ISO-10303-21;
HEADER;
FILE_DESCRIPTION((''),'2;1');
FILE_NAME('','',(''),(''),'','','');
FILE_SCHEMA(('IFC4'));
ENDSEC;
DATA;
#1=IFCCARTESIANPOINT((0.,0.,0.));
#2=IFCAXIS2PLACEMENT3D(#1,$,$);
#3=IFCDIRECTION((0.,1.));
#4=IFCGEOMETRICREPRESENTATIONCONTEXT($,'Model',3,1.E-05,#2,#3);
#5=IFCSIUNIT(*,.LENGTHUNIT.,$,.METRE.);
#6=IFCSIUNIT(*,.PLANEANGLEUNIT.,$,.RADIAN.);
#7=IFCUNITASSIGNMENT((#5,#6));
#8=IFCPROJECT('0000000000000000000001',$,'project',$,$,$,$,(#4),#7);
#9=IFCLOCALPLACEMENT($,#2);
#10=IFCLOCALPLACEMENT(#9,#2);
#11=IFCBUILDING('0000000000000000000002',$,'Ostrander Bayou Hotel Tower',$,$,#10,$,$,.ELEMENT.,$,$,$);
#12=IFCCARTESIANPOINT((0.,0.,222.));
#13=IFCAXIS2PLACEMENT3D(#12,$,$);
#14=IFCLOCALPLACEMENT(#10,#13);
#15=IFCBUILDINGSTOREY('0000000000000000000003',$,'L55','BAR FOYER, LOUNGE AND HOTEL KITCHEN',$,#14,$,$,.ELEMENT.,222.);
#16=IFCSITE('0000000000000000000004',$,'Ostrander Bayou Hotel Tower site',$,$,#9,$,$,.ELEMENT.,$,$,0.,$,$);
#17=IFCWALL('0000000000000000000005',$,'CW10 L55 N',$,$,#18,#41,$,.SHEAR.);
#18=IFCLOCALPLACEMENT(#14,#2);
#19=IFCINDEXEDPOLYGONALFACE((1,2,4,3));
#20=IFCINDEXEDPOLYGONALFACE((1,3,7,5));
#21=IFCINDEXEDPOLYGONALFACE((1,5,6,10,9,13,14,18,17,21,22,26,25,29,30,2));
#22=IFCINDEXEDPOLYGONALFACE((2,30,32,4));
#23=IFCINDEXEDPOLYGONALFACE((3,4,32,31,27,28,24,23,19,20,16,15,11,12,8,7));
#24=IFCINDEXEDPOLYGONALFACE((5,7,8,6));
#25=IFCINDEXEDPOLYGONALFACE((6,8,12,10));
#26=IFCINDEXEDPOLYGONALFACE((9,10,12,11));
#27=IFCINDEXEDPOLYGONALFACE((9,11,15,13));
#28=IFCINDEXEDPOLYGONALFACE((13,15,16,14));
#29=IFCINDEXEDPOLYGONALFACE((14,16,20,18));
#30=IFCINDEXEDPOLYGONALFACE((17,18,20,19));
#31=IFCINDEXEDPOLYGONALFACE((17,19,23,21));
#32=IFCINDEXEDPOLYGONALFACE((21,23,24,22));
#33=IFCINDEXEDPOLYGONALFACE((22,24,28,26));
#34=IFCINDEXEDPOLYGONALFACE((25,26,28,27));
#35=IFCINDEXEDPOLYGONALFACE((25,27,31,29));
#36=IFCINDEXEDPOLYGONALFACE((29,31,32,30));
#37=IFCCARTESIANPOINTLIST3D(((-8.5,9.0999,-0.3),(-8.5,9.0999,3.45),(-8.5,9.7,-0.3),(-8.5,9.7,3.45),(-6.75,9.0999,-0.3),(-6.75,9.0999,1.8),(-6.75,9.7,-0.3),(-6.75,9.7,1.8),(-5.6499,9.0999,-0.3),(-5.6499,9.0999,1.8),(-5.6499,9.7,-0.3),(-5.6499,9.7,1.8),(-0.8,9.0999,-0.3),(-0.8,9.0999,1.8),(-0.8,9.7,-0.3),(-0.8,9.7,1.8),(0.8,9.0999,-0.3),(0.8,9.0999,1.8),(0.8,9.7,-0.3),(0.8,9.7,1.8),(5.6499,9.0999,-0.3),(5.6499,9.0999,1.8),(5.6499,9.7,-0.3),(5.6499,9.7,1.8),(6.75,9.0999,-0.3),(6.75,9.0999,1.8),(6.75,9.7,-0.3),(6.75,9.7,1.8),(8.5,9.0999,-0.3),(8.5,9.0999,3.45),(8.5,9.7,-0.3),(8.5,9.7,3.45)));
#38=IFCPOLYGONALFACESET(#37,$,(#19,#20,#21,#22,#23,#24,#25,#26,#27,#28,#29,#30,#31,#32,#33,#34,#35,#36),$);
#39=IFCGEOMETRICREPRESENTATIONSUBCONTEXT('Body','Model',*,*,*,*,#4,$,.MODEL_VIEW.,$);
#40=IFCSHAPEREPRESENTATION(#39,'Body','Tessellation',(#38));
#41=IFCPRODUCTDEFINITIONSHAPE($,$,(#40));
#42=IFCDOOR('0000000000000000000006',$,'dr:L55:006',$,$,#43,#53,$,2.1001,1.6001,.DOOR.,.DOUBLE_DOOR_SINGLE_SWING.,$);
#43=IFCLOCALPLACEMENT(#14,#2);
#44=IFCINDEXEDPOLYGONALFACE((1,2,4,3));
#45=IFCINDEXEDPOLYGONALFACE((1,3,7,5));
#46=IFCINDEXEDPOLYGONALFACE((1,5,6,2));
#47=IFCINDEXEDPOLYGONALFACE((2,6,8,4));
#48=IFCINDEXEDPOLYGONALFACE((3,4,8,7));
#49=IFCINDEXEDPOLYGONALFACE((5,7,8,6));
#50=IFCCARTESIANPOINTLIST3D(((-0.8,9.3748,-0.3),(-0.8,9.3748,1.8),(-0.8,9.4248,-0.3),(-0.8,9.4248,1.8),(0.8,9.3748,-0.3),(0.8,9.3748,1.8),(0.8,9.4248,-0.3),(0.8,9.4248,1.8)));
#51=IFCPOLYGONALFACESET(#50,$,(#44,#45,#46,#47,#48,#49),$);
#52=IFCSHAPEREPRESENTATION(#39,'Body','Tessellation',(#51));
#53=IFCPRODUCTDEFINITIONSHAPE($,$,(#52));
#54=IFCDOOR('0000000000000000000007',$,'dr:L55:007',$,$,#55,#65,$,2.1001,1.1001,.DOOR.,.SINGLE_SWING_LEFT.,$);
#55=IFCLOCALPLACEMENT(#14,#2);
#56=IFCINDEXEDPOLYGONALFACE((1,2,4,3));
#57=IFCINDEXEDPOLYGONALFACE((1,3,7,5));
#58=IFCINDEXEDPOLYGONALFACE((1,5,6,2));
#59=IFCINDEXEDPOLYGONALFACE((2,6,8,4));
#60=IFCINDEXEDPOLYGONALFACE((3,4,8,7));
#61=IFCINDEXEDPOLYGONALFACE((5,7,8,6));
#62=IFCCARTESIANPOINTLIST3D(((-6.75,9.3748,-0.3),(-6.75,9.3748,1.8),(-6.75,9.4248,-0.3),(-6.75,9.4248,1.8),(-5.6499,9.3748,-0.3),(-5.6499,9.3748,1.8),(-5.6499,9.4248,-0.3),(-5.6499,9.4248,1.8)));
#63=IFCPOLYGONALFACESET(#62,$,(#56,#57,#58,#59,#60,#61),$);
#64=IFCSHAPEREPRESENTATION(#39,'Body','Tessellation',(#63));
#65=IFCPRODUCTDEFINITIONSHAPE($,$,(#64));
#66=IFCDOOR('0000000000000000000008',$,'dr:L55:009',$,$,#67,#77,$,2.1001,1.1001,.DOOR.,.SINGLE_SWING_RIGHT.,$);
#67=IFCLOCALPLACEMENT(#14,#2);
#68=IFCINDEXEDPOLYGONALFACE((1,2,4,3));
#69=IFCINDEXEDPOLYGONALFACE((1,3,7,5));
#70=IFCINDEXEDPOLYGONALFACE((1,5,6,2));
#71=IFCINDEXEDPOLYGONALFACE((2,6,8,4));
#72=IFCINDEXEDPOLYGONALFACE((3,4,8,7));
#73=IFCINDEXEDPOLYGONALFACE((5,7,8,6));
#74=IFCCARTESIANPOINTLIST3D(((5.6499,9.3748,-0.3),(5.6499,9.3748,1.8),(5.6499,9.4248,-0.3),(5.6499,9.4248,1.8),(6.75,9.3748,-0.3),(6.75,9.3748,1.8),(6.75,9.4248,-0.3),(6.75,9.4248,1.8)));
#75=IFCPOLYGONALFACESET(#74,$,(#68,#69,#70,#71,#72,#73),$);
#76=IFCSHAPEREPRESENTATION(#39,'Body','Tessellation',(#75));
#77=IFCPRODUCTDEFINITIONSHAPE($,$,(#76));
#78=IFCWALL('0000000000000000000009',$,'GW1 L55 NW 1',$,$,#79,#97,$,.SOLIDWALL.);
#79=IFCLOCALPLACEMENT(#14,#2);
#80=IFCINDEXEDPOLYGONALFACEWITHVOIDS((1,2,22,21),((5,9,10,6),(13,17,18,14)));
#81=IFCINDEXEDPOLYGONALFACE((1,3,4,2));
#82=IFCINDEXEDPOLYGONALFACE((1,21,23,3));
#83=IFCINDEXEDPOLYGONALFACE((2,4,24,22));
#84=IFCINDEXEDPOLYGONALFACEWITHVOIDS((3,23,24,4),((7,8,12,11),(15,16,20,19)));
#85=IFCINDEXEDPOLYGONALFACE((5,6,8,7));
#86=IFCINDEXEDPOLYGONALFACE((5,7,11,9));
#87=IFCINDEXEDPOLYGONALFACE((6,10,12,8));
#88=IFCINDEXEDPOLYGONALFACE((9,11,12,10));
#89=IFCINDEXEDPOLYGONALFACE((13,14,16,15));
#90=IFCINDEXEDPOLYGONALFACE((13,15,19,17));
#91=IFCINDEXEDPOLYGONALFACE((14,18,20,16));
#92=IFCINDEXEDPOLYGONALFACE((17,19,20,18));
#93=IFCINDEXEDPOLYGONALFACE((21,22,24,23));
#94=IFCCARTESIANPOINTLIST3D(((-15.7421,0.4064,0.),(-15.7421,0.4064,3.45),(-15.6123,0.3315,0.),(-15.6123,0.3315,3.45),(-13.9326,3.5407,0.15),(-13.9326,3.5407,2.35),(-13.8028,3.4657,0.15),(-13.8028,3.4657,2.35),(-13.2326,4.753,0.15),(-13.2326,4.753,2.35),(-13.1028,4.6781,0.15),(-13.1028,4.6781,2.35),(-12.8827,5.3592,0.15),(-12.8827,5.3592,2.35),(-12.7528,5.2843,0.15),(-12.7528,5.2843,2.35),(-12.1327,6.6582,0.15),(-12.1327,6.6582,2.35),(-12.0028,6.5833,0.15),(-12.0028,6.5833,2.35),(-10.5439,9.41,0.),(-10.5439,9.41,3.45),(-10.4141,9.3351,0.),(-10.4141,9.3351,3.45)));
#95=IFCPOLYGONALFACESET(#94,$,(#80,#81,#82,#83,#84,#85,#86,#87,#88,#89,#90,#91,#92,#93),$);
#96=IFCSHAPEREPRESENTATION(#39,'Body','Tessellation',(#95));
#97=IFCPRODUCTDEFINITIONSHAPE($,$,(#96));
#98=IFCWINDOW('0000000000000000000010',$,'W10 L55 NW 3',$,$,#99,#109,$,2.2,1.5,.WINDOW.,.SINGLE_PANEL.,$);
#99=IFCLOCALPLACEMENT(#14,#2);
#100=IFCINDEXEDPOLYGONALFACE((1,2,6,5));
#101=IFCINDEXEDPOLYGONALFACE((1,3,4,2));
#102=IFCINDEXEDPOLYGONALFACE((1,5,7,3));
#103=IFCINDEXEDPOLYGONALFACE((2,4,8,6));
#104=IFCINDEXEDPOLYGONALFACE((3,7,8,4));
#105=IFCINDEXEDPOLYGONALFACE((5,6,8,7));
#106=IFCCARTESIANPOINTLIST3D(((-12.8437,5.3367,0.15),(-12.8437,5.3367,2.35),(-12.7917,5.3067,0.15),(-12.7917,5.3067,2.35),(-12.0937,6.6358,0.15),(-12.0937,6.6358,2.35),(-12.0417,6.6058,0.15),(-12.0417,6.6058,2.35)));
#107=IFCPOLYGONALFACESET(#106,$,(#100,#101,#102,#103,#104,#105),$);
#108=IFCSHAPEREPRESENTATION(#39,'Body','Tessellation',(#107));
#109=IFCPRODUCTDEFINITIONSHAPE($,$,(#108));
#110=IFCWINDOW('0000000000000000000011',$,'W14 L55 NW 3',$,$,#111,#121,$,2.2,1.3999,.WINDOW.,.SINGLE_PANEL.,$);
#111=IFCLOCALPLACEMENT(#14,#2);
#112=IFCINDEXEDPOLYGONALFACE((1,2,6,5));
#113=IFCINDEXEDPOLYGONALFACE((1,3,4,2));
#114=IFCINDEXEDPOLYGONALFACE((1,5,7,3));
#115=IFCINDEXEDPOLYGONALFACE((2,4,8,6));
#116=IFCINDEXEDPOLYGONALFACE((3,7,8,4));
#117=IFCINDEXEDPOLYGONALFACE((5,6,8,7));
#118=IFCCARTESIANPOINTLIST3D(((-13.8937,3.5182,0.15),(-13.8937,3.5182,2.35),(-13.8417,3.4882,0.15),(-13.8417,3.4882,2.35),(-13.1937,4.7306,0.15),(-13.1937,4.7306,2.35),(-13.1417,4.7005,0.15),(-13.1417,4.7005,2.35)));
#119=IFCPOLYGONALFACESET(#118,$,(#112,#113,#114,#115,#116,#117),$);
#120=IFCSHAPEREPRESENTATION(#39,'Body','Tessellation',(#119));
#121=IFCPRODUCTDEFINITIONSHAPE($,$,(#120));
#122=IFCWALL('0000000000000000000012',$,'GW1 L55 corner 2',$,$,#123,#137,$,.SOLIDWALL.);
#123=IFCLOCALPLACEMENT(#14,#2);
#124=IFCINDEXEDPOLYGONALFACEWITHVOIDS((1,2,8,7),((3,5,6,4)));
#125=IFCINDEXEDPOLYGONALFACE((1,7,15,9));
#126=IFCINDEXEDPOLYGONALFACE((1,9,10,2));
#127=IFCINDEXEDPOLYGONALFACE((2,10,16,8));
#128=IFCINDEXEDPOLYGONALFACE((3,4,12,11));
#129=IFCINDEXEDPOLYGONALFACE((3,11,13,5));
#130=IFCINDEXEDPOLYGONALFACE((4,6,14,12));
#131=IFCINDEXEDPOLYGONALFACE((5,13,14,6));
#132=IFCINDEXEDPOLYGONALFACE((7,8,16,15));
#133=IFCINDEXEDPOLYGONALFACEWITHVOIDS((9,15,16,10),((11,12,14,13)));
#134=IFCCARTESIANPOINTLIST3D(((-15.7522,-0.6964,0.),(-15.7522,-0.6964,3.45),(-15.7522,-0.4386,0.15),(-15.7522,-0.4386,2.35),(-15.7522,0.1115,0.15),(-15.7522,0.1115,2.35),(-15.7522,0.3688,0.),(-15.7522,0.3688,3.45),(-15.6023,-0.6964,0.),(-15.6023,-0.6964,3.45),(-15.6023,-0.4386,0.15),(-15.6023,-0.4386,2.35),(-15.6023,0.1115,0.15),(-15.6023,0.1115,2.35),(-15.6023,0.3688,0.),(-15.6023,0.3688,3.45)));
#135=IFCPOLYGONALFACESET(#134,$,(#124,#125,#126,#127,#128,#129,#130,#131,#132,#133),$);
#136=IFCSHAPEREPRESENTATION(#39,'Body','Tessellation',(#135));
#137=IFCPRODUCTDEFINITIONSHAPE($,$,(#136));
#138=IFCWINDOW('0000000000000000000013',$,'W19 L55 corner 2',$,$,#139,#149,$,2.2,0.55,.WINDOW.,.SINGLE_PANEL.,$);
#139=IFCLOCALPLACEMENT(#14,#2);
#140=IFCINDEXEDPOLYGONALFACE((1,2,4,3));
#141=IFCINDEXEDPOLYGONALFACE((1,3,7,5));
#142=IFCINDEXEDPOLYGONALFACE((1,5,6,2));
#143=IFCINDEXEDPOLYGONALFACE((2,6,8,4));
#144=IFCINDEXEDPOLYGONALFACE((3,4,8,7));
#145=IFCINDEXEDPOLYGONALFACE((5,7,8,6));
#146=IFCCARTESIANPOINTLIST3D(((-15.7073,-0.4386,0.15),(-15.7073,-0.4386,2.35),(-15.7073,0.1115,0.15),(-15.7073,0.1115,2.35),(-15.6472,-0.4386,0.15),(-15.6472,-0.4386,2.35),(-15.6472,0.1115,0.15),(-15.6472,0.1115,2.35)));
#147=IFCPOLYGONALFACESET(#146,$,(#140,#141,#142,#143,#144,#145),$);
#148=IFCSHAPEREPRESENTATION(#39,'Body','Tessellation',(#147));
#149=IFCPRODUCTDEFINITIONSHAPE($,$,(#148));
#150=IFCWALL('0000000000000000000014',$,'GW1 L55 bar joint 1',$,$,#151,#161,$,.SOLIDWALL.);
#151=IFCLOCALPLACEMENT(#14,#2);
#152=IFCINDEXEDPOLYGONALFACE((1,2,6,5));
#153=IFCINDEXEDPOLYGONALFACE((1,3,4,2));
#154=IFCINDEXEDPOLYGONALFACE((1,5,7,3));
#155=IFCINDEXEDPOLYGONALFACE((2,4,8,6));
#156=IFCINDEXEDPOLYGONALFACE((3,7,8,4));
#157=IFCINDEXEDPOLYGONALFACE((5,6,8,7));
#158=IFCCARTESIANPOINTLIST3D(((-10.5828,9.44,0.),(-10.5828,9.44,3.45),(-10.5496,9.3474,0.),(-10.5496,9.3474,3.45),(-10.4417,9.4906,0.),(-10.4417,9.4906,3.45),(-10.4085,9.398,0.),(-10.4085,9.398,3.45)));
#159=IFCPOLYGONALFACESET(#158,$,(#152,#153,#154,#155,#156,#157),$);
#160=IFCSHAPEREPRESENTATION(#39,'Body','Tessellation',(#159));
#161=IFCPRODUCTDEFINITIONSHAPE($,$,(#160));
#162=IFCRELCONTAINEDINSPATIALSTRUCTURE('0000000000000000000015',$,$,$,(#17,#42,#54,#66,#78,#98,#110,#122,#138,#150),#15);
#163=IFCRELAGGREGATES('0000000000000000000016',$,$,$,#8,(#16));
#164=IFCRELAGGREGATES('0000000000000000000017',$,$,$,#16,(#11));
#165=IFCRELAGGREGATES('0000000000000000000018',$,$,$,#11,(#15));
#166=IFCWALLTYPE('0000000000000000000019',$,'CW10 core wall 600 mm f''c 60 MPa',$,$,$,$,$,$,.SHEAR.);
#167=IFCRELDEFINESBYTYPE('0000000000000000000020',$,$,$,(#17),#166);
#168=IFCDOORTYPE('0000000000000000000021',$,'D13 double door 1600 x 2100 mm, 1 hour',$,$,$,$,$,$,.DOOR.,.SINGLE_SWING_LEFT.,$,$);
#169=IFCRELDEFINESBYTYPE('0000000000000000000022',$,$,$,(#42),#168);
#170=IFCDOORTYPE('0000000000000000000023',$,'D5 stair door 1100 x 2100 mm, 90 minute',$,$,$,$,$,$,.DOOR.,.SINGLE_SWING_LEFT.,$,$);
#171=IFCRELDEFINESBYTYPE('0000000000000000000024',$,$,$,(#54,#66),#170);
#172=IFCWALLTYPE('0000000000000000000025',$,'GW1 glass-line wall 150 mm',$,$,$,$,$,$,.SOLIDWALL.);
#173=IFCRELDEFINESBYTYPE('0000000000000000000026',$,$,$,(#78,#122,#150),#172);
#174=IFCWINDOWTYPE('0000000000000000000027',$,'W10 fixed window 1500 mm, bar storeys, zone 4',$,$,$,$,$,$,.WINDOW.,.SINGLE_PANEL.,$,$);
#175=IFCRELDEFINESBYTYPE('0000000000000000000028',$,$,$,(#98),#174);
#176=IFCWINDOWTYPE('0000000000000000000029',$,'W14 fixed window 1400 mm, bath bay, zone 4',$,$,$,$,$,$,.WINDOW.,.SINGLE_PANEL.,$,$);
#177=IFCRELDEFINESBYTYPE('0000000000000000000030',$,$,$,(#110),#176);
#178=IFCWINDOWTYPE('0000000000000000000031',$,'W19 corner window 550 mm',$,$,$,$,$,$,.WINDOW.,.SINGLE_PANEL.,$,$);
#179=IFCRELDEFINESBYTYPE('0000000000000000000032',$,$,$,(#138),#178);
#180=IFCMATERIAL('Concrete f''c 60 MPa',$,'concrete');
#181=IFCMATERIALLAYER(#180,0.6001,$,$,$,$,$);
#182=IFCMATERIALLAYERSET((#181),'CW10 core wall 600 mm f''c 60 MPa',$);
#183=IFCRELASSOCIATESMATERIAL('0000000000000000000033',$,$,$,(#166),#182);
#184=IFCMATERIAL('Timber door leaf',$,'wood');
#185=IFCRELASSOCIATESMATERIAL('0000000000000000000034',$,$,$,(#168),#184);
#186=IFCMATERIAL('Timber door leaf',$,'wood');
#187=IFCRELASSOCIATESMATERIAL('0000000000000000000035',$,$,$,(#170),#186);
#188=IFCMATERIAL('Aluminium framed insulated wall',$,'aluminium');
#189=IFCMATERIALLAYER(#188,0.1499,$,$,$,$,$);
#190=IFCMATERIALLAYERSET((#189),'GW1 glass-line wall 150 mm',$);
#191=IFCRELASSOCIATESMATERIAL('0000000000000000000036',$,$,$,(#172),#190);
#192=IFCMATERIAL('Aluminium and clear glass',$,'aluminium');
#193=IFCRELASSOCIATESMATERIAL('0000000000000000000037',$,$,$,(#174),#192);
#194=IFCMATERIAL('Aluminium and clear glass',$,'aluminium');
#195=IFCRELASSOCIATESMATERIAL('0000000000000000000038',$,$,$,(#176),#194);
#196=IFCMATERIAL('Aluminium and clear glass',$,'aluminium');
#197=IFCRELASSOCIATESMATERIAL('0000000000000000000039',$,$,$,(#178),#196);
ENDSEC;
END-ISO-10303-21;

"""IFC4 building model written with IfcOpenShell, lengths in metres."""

from ifc_helpers import new_model, si_unit, direction, frame, frame_2d, origin, place, context, subcontext, project, spatial, rectangle, extrude, material, layer, layer_set, type_object, element, fill, save


model = new_model("IFC4")

# Units and contexts
model_context = context("Model", 3, precision=1e-05, world=origin(), true_north=direction((0.0, 1.0)))
body_context = subcontext(model_context, "Body", "Model", "MODEL_VIEW")
ifc_project = project(units=[si_unit("LENGTHUNIT", "METRE"), si_unit("PLANEANGLEUNIT", "RADIAN")], contexts=[model_context])

# Site, building, storey
site_placement = place(None, origin())
site = spatial("IfcSite", under=ifc_project, at=site_placement, Name="Ostrander Bayou Hotel Tower site", CompositionType="ELEMENT", RefElevation=0.0)
building_placement = place(site_placement, origin())
building = spatial("IfcBuilding", under=site, at=building_placement, Name="Ostrander Bayou Hotel Tower", CompositionType="ELEMENT")
storey_placement = place(building_placement, frame((0.0, 0.0, 222.0)))
storey = spatial("IfcBuildingStorey", under=building, at=storey_placement, Name="L55", Description="BAR FOYER, LOUNGE AND HOTEL KITCHEN", CompositionType="ELEMENT", Elevation=222.0)

# Wall, openings, doors
ifc_material_1 = material(Name="Concrete f'c 60 MPa", Category="concrete")
ifc_layer_1 = layer(ifc_material_1, 0.6001)
ifc_layer_set_1 = layer_set([ifc_layer_1], Name="CW10 core wall 600 mm f'c 60 MPa")
wall_type_1 = type_object("IfcWallType", Name="CW10 core wall 600 mm f'c 60 MPa", PredefinedType="SHEAR", material=ifc_layer_set_1)
wall_1_placement = place(storey_placement, frame((-8.5, 9.3999, -0.3), z_axis=(0.0, 0.0, 1.0), x_axis=(1.0, 0.0, 0.0)))
wall_1 = element("IfcWall", 1, at=wall_1_placement, inside=storey, type_object=wall_type_1, Name="CW10 L55 N", PredefinedType="SHEAR", context=body_context, shape_type="SweptSolid", body=[
    extrude(rectangle(XDim=17.0, YDim=0.6001, at=frame_2d((8.5, 0.0))), origin(), (0.0, 0.0, 1.0), 3.75),
])
opening_1_placement = place(wall_1_placement, frame((7.7, 0.0, 0.0)))
opening_1 = element("IfcOpeningElement", 2, at=opening_1_placement, cuts=wall_1, PredefinedType="OPENING", context=body_context, shape_type="SweptSolid", body=[
    extrude(rectangle(XDim=1.6001, YDim=2.1001, at=frame_2d((0.8, 1.05))), frame((0.0, 0.3, 0.0), z_axis=(0.0, -1.0, 0.0), x_axis=(1.0, 0.0, 0.0)), (0.0, 0.0, 1.0), 0.6001),
])
opening_2_placement = place(wall_1_placement, frame((1.75, 0.0, 0.0)))
opening_2 = element("IfcOpeningElement", 3, at=opening_2_placement, cuts=wall_1, PredefinedType="OPENING", context=body_context, shape_type="SweptSolid", body=[
    extrude(rectangle(XDim=1.1001, YDim=2.1001, at=frame_2d((0.55, 1.05))), frame((0.0, 0.3, 0.0), z_axis=(0.0, -1.0, 0.0), x_axis=(1.0, 0.0, 0.0)), (0.0, 0.0, 1.0), 0.6001),
])
opening_3_placement = place(wall_1_placement, frame((14.1499, 0.0, 0.0)))
opening_3 = element("IfcOpeningElement", 4, at=opening_3_placement, cuts=wall_1, PredefinedType="OPENING", context=body_context, shape_type="SweptSolid", body=[
    extrude(rectangle(XDim=1.1001, YDim=2.1001, at=frame_2d((0.55, 1.05))), frame((0.0, 0.3, 0.0), z_axis=(0.0, -1.0, 0.0), x_axis=(1.0, 0.0, 0.0)), (0.0, 0.0, 1.0), 0.6001),
])
ifc_material_2 = material(Name="Timber door leaf", Category="wood")
door_type_1 = type_object("IfcDoorType", Name="D13 double door 1600 x 2100 mm, 1 hour", OperationType="SINGLE_SWING_LEFT", PredefinedType="DOOR", material=ifc_material_2)
door_1_placement = place(opening_1_placement, origin())
door_1 = element("IfcDoor", 5, at=door_1_placement, inside=storey, type_object=door_type_1, Name="dr:L55:006", OperationType="DOUBLE_DOOR_SINGLE_SWING", OverallHeight=2.1001, OverallWidth=1.6001, PredefinedType="DOOR", context=body_context, shape_type="SweptSolid", body=[
    extrude(rectangle(XDim=1.6001, YDim=2.1001, at=frame_2d((0.8, 1.05))), frame((0.0, 0.0249, 0.0), z_axis=(0.0, -1.0, 0.0), x_axis=(1.0, 0.0, 0.0)), (0.0, 0.0, 1.0), 0.05),
])
fill(opening_1, door_1)
ifc_material_3 = material(Name="Timber door leaf", Category="wood")
door_type_2 = type_object("IfcDoorType", Name="D5 stair door 1100 x 2100 mm, 90 minute", OperationType="SINGLE_SWING_LEFT", PredefinedType="DOOR", material=ifc_material_3)
door_2_placement = place(opening_2_placement, origin())
door_2 = element("IfcDoor", 6, at=door_2_placement, inside=storey, type_object=door_type_2, Name="dr:L55:007", OperationType="SINGLE_SWING_LEFT", OverallHeight=2.1001, OverallWidth=1.1001, PredefinedType="DOOR", context=body_context, shape_type="SweptSolid", body=[
    extrude(rectangle(XDim=1.1001, YDim=2.1001, at=frame_2d((0.55, 1.05))), frame((0.0, 0.0249, 0.0), z_axis=(0.0, -1.0, 0.0), x_axis=(1.0, 0.0, 0.0)), (0.0, 0.0, 1.0), 0.05),
])
fill(opening_2, door_2)
door_3_placement = place(opening_3_placement, origin())
door_3 = element("IfcDoor", 7, at=door_3_placement, inside=storey, type_object=door_type_2, Name="dr:L55:009", OperationType="SINGLE_SWING_RIGHT", OverallHeight=2.1001, OverallWidth=1.1001, PredefinedType="DOOR", context=body_context, shape_type="SweptSolid", body=[
    extrude(rectangle(XDim=1.1001, YDim=2.1001, at=frame_2d((0.55, 1.05))), frame((0.0, 0.0249, 0.0), z_axis=(0.0, -1.0, 0.0), x_axis=(1.0, 0.0, 0.0)), (0.0, 0.0, 1.0), 0.05),
])
fill(opening_3, door_3)

# Wall, openings, windows
ifc_material_4 = material(Name="Aluminium framed insulated wall", Category="aluminium")
ifc_layer_2 = layer(ifc_material_4, 0.1499)
ifc_layer_set_2 = layer_set([ifc_layer_2], Name="GW1 glass-line wall 150 mm")
wall_type_2 = type_object("IfcWallType", Name="GW1 glass-line wall 150 mm", PredefinedType="SOLIDWALL", material=ifc_layer_set_2)
wall_2_placement = place(storey_placement, frame((-10.479, 9.3726, 0.0), z_axis=(0.0, 0.0, 1.0), x_axis=(-0.499998, -0.866026, 0.0)))
wall_2 = element("IfcWall", 8, at=wall_2_placement, inside=storey, type_object=wall_type_2, Name="GW1 L55 NW 1", PredefinedType="SOLIDWALL", context=body_context, shape_type="SweptSolid", body=[
    extrude(rectangle(XDim=10.3965, YDim=0.1499, at=frame_2d((5.1982, 0.0))), origin(), (0.0, 0.0, 1.0), 3.45),
])
opening_4_placement = place(wall_2_placement, frame((3.1775, 0.0, 0.1499)))
opening_4 = element("IfcOpeningElement", 9, at=opening_4_placement, cuts=wall_2, PredefinedType="OPENING", context=body_context, shape_type="SweptSolid", body=[
    extrude(rectangle(XDim=1.5, YDim=2.2, at=frame_2d((0.75, 1.1001))), frame((0.0, 0.075, 0.0), z_axis=(0.0, -1.0, 0.0), x_axis=(1.0, 0.0, 0.0)), (0.0, 0.0, 1.0), 0.1499),
])
opening_5_placement = place(wall_2_placement, frame((5.3774, 0.0, 0.1499)))
opening_5 = element("IfcOpeningElement", 10, at=opening_5_placement, cuts=wall_2, PredefinedType="OPENING", context=body_context, shape_type="SweptSolid", body=[
    extrude(rectangle(XDim=1.3999, YDim=2.2, at=frame_2d((0.7, 1.1001))), frame((0.0, 0.075, 0.0), z_axis=(0.0, -1.0, 0.0), x_axis=(1.0, 0.0, 0.0)), (0.0, 0.0, 1.0), 0.1499),
])
ifc_material_5 = material(Name="Aluminium and clear glass", Category="aluminium")
window_type_1 = type_object("IfcWindowType", Name="W10 fixed window 1500 mm, bar storeys, zone 4", PartitioningType="SINGLE_PANEL", PredefinedType="WINDOW", material=ifc_material_5)
window_1_placement = place(opening_4_placement, origin())
window_1 = element("IfcWindow", 11, at=window_1_placement, inside=storey, type_object=window_type_1, Name="W10 L55 NW 3", OverallHeight=2.2, OverallWidth=1.5, PartitioningType="SINGLE_PANEL", PredefinedType="WINDOW", context=body_context, shape_type="SweptSolid", body=[
    extrude(rectangle(XDim=1.5, YDim=2.2, at=frame_2d((0.75, 1.1001))), frame((0.0, 0.03, 0.0), z_axis=(0.0, -1.0, 0.0), x_axis=(1.0, 0.0, 0.0)), (0.0, 0.0, 1.0), 0.0601),
])
fill(opening_4, window_1)
ifc_material_6 = material(Name="Aluminium and clear glass", Category="aluminium")
window_type_2 = type_object("IfcWindowType", Name="W14 fixed window 1400 mm, bath bay, zone 4", PartitioningType="SINGLE_PANEL", PredefinedType="WINDOW", material=ifc_material_6)
window_2_placement = place(opening_5_placement, origin())
window_2 = element("IfcWindow", 12, at=window_2_placement, inside=storey, type_object=window_type_2, Name="W14 L55 NW 3", OverallHeight=2.2, OverallWidth=1.3999, PartitioningType="SINGLE_PANEL", PredefinedType="WINDOW", context=body_context, shape_type="SweptSolid", body=[
    extrude(rectangle(XDim=1.3999, YDim=2.2, at=frame_2d((0.7, 1.1001))), frame((0.0, 0.03, 0.0), z_axis=(0.0, -1.0, 0.0), x_axis=(1.0, 0.0, 0.0)), (0.0, 0.0, 1.0), 0.0601),
])
fill(opening_5, window_2)

# Wall, opening, window
wall_3_placement = place(storey_placement, frame((-15.6772, 0.3689, 0.0), z_axis=(0.0, 0.0, 1.0), x_axis=(0.0, -1.0, 0.0)))
wall_3 = element("IfcWall", 13, at=wall_3_placement, inside=storey, type_object=wall_type_2, Name="GW1 L55 corner 2", PredefinedType="SOLIDWALL", context=body_context, shape_type="SweptSolid", body=[
    extrude(rectangle(XDim=1.0652, YDim=0.1499, at=frame_2d((0.5327, 0.0))), origin(), (0.0, 0.0, 1.0), 3.45),
])
opening_6_placement = place(wall_3_placement, frame((0.2576, 0.0, 0.1499)))
opening_6 = element("IfcOpeningElement", 14, at=opening_6_placement, cuts=wall_3, PredefinedType="OPENING", context=body_context, shape_type="SweptSolid", body=[
    extrude(rectangle(XDim=0.55, YDim=2.2, at=frame_2d((0.2749, 1.1001))), frame((0.0, 0.075, 0.0), z_axis=(0.0, -1.0, 0.0), x_axis=(1.0, 0.0, 0.0)), (0.0, 0.0, 1.0), 0.1499),
])
ifc_material_7 = material(Name="Aluminium and clear glass", Category="aluminium")
window_type_3 = type_object("IfcWindowType", Name="W19 corner window 550 mm", PartitioningType="SINGLE_PANEL", PredefinedType="WINDOW", material=ifc_material_7)
window_3_placement = place(opening_6_placement, origin())
window_3 = element("IfcWindow", 15, at=window_3_placement, inside=storey, type_object=window_type_3, Name="W19 L55 corner 2", OverallHeight=2.2, OverallWidth=0.55, PartitioningType="SINGLE_PANEL", PredefinedType="WINDOW", context=body_context, shape_type="SweptSolid", body=[
    extrude(rectangle(XDim=0.55, YDim=2.2, at=frame_2d((0.2749, 1.1001))), frame((0.0, 0.03, 0.0), z_axis=(0.0, -1.0, 0.0), x_axis=(1.0, 0.0, 0.0)), (0.0, 0.0, 1.0), 0.0601),
])
fill(opening_6, window_3)

# Wall
wall_4_placement = place(storey_placement, frame((-10.479, 9.3726, 0.0), z_axis=(0.0, 0.0, 1.0), x_axis=(-0.337752, 0.941235, 0.0)))
element("IfcWall", 16, at=wall_4_placement, inside=storey, type_object=wall_type_2, Name="GW1 L55 bar joint 1", PredefinedType="SOLIDWALL", context=body_context, shape_type="SweptSolid", body=[
    extrude(rectangle(XDim=0.0984, YDim=0.1499, at=frame_2d((0.0493, 0.0))), origin(), (0.0, 0.0, 1.0), 3.45),
])

save(model, "model.ifc")
